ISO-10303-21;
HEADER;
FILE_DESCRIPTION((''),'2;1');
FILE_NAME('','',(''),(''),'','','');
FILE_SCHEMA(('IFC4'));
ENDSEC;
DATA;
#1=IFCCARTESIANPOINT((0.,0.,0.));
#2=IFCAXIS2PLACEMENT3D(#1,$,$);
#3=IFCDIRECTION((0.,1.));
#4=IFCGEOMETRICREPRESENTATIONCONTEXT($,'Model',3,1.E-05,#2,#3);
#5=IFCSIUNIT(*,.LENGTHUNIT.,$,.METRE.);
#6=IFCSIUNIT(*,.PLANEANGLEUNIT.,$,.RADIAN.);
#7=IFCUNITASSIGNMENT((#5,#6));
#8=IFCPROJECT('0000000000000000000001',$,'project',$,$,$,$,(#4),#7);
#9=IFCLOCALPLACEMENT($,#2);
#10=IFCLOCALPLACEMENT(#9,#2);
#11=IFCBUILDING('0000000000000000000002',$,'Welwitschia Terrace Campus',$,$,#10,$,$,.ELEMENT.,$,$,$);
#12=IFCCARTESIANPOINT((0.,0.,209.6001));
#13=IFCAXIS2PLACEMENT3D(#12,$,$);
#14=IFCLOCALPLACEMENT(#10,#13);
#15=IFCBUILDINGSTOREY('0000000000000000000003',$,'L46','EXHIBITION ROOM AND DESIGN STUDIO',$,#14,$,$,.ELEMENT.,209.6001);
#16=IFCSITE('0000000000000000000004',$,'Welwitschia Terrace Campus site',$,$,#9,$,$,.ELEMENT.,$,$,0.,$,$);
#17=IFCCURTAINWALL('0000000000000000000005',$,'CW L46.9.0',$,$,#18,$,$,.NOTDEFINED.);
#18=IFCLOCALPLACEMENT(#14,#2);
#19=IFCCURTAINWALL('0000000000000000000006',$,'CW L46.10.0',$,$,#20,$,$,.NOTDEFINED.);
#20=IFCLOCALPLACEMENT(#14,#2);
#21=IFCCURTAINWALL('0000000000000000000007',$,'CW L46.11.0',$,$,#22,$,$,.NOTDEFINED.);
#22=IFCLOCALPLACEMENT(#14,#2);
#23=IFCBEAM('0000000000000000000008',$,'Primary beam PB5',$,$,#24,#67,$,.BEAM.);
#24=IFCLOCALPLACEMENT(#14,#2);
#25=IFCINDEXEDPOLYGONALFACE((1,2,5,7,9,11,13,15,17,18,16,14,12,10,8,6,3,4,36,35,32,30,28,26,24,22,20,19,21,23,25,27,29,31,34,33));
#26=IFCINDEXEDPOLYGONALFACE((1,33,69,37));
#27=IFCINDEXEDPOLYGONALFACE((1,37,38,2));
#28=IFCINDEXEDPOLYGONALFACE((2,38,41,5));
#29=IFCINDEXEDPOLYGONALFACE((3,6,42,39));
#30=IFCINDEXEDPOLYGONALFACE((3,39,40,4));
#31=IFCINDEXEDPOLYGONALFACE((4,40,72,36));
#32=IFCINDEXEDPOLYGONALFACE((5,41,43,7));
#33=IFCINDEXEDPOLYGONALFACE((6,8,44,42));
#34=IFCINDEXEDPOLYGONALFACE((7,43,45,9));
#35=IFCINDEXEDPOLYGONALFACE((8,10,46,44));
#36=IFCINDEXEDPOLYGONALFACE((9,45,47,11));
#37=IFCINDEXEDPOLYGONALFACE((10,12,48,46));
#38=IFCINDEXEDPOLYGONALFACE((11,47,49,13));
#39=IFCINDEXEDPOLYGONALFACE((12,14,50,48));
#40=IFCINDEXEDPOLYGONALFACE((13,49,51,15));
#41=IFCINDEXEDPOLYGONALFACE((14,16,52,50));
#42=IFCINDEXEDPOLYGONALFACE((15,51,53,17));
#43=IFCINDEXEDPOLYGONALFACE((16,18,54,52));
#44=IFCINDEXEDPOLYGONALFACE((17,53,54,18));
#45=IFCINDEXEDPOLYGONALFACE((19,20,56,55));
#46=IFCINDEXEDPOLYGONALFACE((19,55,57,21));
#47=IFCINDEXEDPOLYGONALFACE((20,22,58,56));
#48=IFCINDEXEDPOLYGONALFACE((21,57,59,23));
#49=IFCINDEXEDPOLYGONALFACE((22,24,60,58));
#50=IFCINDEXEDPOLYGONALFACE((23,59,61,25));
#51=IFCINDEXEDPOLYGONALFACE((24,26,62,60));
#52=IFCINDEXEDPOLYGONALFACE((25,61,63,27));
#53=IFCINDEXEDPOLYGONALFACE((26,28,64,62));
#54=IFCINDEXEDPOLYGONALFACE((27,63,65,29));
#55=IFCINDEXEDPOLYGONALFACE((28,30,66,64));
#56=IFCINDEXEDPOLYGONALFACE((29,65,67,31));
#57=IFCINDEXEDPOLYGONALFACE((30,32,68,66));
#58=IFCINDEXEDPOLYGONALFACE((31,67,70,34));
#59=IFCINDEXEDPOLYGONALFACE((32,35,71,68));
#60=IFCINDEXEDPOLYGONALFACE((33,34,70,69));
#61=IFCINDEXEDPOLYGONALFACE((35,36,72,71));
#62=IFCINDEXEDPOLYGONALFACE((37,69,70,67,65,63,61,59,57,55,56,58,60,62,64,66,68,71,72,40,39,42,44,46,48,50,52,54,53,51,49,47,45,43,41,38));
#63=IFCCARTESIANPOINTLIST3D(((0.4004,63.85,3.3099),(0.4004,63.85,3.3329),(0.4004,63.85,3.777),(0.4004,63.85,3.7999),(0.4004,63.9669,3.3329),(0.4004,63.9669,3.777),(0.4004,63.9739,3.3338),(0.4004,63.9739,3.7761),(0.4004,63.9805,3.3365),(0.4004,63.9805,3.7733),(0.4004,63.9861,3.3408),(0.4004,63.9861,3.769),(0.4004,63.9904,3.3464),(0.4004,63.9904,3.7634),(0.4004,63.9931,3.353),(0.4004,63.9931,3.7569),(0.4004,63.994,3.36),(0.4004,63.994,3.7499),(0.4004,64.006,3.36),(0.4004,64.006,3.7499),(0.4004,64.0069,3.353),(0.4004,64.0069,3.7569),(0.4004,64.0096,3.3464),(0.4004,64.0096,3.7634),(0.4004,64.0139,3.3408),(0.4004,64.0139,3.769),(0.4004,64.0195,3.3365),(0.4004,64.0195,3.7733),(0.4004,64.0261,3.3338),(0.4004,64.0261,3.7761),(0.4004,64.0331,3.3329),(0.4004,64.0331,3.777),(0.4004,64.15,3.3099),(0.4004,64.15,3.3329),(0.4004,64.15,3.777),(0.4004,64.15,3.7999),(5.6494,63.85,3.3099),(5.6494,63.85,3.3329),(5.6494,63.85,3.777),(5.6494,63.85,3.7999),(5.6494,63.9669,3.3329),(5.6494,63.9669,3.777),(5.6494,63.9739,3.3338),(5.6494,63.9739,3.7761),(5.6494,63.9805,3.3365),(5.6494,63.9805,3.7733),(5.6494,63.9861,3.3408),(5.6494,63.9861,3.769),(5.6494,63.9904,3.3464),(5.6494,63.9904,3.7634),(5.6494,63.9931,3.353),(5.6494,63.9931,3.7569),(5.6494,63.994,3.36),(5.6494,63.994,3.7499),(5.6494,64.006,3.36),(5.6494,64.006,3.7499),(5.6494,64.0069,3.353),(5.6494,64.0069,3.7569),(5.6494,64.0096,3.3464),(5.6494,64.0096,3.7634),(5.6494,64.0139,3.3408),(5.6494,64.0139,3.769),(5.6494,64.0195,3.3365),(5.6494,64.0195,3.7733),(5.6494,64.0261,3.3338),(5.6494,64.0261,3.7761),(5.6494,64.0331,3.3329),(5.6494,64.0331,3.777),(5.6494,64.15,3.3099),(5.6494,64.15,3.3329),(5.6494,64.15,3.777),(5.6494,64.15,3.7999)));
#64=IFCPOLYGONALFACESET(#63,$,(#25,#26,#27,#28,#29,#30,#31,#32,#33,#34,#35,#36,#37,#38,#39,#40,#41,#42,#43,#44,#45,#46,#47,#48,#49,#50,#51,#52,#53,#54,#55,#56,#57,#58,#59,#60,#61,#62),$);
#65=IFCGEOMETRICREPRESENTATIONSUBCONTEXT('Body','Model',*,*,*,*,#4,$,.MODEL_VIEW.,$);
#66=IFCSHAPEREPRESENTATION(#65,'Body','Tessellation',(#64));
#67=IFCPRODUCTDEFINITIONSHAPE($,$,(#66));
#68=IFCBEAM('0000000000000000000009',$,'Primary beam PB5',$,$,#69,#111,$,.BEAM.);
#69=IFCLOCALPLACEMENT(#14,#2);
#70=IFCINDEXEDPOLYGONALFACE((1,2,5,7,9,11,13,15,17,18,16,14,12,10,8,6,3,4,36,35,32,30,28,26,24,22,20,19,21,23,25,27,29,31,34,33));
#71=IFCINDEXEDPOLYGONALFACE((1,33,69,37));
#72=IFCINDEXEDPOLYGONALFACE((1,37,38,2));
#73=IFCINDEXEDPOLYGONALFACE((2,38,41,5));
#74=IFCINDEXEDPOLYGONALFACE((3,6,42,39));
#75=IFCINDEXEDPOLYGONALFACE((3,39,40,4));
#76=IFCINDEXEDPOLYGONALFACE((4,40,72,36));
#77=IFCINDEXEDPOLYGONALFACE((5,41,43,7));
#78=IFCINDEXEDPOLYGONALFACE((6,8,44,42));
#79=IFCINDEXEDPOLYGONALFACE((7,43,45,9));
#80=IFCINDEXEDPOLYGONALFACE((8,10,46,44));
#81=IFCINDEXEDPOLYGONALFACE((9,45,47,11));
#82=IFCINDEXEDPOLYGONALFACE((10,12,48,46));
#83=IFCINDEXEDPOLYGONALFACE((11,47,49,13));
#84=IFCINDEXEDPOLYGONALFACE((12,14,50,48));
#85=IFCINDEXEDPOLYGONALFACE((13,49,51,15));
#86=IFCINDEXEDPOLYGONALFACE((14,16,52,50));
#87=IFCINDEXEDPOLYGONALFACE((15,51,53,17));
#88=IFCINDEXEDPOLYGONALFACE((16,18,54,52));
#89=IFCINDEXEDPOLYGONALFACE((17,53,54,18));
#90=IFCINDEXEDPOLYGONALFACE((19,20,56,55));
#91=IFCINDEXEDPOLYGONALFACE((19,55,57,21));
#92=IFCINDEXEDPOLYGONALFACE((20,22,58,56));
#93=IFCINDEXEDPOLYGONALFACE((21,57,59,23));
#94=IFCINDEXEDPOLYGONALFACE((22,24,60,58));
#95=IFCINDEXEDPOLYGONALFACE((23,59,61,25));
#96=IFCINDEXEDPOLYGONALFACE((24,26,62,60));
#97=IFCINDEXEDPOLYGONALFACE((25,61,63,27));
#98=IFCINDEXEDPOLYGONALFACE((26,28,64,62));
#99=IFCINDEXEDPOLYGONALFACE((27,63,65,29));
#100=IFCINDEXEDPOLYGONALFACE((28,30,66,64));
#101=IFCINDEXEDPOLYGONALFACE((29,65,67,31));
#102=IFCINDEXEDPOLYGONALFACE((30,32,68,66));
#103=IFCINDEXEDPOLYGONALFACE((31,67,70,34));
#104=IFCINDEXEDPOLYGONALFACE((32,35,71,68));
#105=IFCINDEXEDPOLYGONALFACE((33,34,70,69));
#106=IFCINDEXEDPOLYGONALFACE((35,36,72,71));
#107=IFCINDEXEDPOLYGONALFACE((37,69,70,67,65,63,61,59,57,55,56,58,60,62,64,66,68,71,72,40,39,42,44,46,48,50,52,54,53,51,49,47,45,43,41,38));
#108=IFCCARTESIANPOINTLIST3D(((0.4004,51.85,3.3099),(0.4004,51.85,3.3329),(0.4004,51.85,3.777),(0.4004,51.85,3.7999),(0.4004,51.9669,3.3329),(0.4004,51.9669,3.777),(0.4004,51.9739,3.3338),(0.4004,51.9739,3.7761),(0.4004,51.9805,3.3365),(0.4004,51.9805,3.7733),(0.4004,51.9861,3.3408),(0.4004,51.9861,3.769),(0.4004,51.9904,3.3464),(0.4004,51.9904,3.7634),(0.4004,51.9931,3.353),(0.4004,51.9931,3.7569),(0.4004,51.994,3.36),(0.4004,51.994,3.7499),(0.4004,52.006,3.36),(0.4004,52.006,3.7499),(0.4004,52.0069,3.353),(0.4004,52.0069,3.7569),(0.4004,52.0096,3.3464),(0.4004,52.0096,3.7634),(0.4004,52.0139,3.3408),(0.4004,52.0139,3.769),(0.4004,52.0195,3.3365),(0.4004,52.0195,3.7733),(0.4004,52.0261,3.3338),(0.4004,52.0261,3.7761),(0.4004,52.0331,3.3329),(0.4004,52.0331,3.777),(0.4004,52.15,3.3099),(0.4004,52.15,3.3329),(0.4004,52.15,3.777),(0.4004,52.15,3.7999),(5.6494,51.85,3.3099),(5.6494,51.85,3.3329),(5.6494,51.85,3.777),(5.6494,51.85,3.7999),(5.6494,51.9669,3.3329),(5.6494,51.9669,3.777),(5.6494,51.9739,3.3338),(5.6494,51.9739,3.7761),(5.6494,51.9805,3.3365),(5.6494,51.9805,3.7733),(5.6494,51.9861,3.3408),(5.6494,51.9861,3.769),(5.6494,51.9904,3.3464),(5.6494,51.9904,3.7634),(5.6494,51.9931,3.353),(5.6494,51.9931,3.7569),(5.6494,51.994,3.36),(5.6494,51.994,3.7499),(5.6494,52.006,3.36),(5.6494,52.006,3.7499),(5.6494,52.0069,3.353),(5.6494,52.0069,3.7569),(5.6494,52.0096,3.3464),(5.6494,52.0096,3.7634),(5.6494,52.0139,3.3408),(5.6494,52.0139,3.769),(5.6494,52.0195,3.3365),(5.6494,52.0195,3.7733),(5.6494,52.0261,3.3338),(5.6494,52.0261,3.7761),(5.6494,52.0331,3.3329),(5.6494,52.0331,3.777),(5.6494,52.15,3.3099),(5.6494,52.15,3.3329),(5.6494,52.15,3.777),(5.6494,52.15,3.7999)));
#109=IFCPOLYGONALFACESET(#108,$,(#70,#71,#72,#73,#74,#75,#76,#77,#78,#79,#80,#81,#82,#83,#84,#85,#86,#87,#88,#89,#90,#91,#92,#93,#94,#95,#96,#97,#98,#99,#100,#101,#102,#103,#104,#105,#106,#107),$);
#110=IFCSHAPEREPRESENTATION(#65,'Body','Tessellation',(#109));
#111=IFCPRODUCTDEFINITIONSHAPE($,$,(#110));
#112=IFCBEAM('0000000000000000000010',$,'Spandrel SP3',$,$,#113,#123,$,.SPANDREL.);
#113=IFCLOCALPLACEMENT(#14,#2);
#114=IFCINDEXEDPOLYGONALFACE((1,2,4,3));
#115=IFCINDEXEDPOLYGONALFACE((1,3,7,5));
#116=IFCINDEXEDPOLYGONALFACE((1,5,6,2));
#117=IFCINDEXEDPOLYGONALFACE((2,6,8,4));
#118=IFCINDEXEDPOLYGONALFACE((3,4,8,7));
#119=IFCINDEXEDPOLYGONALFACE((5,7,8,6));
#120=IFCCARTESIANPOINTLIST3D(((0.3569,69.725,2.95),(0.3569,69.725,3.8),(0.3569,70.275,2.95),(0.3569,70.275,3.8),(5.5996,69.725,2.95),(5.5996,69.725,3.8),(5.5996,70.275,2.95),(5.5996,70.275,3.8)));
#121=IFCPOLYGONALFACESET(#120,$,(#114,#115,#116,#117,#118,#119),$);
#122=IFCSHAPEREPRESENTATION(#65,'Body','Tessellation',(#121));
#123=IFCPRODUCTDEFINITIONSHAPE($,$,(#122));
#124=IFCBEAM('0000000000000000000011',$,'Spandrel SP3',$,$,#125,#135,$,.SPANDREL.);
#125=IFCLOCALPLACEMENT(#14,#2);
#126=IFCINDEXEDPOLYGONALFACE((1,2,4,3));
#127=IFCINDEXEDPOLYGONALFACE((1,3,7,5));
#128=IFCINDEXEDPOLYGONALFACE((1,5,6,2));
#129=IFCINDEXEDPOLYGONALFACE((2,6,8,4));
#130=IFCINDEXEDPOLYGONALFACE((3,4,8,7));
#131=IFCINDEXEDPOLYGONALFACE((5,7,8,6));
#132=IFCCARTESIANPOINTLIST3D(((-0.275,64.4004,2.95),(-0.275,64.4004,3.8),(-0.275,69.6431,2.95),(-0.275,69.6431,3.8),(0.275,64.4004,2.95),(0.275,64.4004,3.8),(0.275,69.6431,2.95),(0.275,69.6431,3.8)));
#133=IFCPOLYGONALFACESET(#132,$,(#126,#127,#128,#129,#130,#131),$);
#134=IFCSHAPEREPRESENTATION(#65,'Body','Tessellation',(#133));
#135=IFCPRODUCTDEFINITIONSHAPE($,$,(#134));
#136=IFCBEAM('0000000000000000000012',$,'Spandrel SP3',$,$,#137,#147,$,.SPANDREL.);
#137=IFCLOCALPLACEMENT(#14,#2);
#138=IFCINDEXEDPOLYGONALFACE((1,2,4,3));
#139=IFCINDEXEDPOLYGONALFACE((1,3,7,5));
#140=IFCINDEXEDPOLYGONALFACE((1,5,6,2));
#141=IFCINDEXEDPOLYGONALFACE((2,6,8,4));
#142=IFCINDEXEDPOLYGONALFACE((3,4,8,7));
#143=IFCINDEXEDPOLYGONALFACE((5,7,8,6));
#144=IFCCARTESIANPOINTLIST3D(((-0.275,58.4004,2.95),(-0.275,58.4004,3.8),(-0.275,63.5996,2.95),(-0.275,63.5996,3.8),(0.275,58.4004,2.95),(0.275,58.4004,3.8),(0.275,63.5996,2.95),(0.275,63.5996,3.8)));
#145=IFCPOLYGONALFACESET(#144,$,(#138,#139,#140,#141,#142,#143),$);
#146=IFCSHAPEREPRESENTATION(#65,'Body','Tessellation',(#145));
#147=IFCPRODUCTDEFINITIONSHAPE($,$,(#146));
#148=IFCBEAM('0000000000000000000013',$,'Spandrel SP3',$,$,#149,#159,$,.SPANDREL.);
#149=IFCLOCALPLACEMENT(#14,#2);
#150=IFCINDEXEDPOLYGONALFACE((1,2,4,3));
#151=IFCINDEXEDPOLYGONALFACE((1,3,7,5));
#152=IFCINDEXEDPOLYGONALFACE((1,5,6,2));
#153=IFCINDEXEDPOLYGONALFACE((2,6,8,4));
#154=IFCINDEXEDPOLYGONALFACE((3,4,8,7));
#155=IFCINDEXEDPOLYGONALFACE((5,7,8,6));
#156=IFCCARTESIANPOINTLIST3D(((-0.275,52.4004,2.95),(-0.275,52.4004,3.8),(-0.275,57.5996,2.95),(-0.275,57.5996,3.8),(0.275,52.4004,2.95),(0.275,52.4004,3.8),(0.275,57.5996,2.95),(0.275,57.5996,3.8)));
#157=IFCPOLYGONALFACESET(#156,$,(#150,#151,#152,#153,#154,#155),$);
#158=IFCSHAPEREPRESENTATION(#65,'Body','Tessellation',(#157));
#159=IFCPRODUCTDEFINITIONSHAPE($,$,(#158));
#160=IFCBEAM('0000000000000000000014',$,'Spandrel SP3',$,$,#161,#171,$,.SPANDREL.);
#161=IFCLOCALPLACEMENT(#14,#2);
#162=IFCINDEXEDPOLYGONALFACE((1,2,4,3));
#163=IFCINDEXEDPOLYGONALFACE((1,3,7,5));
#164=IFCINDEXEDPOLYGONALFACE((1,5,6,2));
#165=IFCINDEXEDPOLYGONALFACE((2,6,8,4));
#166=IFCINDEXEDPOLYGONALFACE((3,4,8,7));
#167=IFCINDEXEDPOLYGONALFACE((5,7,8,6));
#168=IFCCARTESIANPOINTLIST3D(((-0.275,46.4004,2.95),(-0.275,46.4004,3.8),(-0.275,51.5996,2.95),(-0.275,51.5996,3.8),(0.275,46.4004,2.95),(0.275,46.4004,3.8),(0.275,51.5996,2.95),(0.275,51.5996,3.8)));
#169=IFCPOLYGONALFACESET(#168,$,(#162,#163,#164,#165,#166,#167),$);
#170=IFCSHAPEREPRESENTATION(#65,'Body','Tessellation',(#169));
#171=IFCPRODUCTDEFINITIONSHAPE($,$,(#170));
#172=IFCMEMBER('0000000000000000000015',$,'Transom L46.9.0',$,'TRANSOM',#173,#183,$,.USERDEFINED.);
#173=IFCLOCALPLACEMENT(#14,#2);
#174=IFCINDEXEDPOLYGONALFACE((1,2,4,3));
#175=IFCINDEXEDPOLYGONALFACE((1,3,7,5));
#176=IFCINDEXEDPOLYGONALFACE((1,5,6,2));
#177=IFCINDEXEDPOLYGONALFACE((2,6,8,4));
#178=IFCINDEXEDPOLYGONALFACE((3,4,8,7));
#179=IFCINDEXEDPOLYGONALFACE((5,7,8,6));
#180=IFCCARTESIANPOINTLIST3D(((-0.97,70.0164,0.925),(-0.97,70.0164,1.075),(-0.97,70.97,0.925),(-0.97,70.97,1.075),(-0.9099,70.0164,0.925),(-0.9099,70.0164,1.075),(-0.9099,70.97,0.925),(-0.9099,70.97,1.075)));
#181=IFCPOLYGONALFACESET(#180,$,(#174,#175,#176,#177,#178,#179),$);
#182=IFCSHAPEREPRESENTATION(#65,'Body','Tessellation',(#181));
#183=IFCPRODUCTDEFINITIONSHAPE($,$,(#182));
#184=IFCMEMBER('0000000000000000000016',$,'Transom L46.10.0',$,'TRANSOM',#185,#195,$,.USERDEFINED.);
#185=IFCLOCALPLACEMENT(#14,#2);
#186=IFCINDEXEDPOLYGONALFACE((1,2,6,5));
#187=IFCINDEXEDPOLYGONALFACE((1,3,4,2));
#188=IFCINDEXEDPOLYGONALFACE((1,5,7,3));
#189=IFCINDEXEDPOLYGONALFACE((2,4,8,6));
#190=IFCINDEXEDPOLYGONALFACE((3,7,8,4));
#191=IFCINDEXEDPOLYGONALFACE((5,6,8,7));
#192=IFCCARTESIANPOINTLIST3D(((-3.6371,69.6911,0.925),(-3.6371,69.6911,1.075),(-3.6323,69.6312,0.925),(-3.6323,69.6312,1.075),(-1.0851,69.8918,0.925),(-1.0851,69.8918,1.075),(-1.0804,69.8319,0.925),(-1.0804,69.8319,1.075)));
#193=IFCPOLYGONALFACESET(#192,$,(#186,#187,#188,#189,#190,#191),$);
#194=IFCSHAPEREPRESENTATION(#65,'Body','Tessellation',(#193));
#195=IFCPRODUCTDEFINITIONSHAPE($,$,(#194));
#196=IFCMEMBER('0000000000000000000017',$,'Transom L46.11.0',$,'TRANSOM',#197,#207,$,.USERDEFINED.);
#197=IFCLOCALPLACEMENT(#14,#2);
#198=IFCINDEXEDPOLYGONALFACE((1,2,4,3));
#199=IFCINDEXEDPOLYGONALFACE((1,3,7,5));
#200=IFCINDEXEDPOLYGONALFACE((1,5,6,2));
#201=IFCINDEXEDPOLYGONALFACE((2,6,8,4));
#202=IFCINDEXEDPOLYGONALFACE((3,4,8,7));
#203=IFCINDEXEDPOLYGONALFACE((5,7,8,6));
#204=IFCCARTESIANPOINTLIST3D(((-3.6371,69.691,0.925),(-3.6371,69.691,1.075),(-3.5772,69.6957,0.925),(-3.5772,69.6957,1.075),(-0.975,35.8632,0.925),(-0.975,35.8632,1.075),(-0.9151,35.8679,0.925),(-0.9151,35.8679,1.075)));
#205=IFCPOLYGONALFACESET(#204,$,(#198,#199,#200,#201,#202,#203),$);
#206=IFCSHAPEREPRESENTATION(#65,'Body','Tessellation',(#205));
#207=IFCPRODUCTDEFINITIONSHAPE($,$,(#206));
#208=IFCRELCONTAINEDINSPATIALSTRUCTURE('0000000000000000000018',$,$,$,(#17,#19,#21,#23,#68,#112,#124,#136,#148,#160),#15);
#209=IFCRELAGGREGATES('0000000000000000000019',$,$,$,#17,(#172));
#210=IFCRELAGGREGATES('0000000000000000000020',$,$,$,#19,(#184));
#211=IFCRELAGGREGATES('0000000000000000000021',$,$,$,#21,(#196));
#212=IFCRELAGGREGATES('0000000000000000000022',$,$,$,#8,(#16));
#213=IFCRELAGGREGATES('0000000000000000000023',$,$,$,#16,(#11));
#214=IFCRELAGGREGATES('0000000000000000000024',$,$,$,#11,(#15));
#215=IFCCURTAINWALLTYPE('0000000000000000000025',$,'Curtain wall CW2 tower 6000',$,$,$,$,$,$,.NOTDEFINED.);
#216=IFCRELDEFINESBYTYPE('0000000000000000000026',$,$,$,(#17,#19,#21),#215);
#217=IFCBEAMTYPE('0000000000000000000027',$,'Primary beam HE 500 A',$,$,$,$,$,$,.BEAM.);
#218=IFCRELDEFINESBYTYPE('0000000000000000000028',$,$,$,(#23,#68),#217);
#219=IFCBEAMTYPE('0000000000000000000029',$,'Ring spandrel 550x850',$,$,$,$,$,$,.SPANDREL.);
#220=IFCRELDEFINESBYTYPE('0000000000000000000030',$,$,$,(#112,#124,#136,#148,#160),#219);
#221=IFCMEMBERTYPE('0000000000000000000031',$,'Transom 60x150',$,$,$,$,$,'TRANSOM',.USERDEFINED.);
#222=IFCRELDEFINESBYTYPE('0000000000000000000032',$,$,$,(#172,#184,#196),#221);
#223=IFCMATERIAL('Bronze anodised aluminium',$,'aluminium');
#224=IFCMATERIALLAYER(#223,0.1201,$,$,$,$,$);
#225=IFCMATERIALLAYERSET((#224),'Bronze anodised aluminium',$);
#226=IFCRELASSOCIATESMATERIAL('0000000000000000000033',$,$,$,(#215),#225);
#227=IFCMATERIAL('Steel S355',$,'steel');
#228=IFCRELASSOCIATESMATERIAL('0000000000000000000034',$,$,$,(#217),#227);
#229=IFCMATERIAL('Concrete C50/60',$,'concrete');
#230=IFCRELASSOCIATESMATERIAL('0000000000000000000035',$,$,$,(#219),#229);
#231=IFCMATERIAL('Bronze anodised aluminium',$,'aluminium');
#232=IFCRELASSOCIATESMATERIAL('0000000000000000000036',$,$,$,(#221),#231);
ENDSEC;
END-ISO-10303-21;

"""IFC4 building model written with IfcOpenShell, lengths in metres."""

from ifc_helpers import new_model, si_unit, direction, frame, origin, origin_2d, place, context, subcontext, project, spatial, rectangle, i_section, extrude, material, layer, layer_set, material_profile, profile_set, type_object, element, aggregate, save


model = new_model("IFC4")

# Units and contexts
model_context = context("Model", 3, precision=1e-05, world=origin(), true_north=direction((0.0, 1.0)))
body_context = subcontext(model_context, "Body", "Model", "MODEL_VIEW")
ifc_project = project(units=[si_unit("LENGTHUNIT", "METRE"), si_unit("PLANEANGLEUNIT", "RADIAN")], contexts=[model_context])

# Site, building, storey
site_placement = place(None, origin())
site = spatial("IfcSite", under=ifc_project, at=site_placement, Name="Welwitschia Terrace Campus site", CompositionType="ELEMENT", RefElevation=0.0)
building_placement = place(site_placement, origin())
building = spatial("IfcBuilding", under=site, at=building_placement, Name="Welwitschia Terrace Campus", CompositionType="ELEMENT")
storey_placement = place(building_placement, frame((0.0, 0.0, 209.6001)))
storey = spatial("IfcBuildingStorey", under=building, at=storey_placement, Name="L46", Description="EXHIBITION ROOM AND DESIGN STUDIO", CompositionType="ELEMENT", Elevation=209.6001)

# Shared definitions
ifc_material_1 = material(Name="Bronze anodised aluminium", Category="aluminium")
ifc_layer_1 = layer(ifc_material_1, 0.1201)
ifc_layer_set_1 = layer_set([ifc_layer_1], Name="Bronze anodised aluminium")
curtain_wall_type = type_object("IfcCurtainWallType", Name="Curtain wall CW2 tower 6000", PredefinedType="NOTDEFINED", material=ifc_layer_set_1)

# Curtain walls
curtain_wall_1_placement = place(storey_placement, origin())
curtain_wall_1 = element("IfcCurtainWall", 1, at=curtain_wall_1_placement, inside=storey, type_object=curtain_wall_type, Name="CW L46.9.0", PredefinedType="NOTDEFINED")
curtain_wall_2_placement = place(storey_placement, origin())
curtain_wall_2 = element("IfcCurtainWall", 2, at=curtain_wall_2_placement, inside=storey, type_object=curtain_wall_type, Name="CW L46.10.0", PredefinedType="NOTDEFINED")
curtain_wall_3_placement = place(storey_placement, origin())
curtain_wall_3 = element("IfcCurtainWall", 3, at=curtain_wall_3_placement, inside=storey, type_object=curtain_wall_type, Name="CW L46.11.0", PredefinedType="NOTDEFINED")

# Beams
ifc_material_2 = material(Name="Steel S355", Category="steel")
ifc_material_profile_1 = material_profile(ifc_material_2, i_section(OverallWidth=0.3, OverallDepth=0.49, WebThickness=0.012, FlangeThickness=0.0229, FilletRadius=0.0271, at=origin_2d()))
ifc_profile_set_1 = profile_set([ifc_material_profile_1], Name="Steel S355")
beam_type_1 = type_object("IfcBeamType", Name="Primary beam HE 500 A", PredefinedType="BEAM", material=ifc_profile_set_1)
for number, where, z_axis, x_axis, name in (
    (4, (0.4004, 64.0, 3.5549), (1.0, 0.0, 0.0), (0.0, 1.0, 0.0), "Primary beam PB5"),
    (5, (0.4004, 52.0, 3.5549), (1.0, 0.0, 0.0), (0.0, 1.0, 0.0), "Primary beam PB5"),
):
    element("IfcBeam", number, at=place(storey_placement, frame(where, z_axis=z_axis, x_axis=x_axis)), inside=storey, type_object=beam_type_1, Name=name, PredefinedType="BEAM", context=body_context, shape_type="SweptSolid", body=[
        extrude(i_section(OverallWidth=0.3, OverallDepth=0.49, WebThickness=0.012, FlangeThickness=0.0229, FilletRadius=0.0271, at=origin_2d()), origin(), (0.0, 0.0, 1.0), 5.249),
    ])
ifc_material_3 = material(Name="Concrete C50/60", Category="concrete")
ifc_material_profile_2 = material_profile(ifc_material_3, rectangle(XDim=0.55, YDim=0.8501, at=origin_2d()))
ifc_profile_set_2 = profile_set([ifc_material_profile_2], Name="Concrete C50/60")
beam_type_2 = type_object("IfcBeamType", Name="Ring spandrel 550x850", PredefinedType="SPANDREL", material=ifc_profile_set_2)
for number, where, z_axis, x_axis, name in (
    (6, (5.5996, 70.0, 3.375), (-1.0, 0.0, 0.0), (0.0, -1.0, 0.0), "Spandrel SP3"),
    (7, (0.0, 69.6431, 3.375), (0.0, -1.0, 0.0), (1.0, 0.0, 0.0), "Spandrel SP3"),
):
    element("IfcBeam", number, at=place(storey_placement, frame(where, z_axis=z_axis, x_axis=x_axis)), inside=storey, type_object=beam_type_2, Name=name, PredefinedType="SPANDREL", context=body_context, shape_type="SweptSolid", body=[
        extrude(rectangle(XDim=0.55, YDim=0.8501, at=origin_2d()), origin(), (0.0, 0.0, 1.0), 5.2427),
    ])
for number, where, z_axis, x_axis, name in (
    (8, (0.0, 63.5996, 3.375), (0.0, -1.0, 0.0), (1.0, 0.0, 0.0), "Spandrel SP3"),
    (9, (0.0, 57.5996, 3.375), (0.0, -1.0, 0.0), (1.0, 0.0, 0.0), "Spandrel SP3"),
    (10, (0.0, 51.5996, 3.375), (0.0, -1.0, 0.0), (1.0, 0.0, 0.0), "Spandrel SP3"),
):
    element("IfcBeam", number, at=place(storey_placement, frame(where, z_axis=z_axis, x_axis=x_axis)), inside=storey, type_object=beam_type_2, Name=name, PredefinedType="SPANDREL", context=body_context, shape_type="SweptSolid", body=[
        extrude(rectangle(XDim=0.55, YDim=0.8501, at=origin_2d()), origin(), (0.0, 0.0, 1.0), 5.1992),
    ])

# Members
ifc_material_4 = material(Name="Bronze anodised aluminium", Category="aluminium")
ifc_material_profile_3 = material_profile(ifc_material_4, rectangle(XDim=0.0601, YDim=0.1499, at=origin_2d()))
ifc_profile_set_3 = profile_set([ifc_material_profile_3], Name="Bronze anodised aluminium")
member_type_1 = type_object("IfcMemberType", Name="Transom 60x150", ElementType="TRANSOM", PredefinedType="USERDEFINED", material=ifc_profile_set_3)
member_1_placement = place(storey_placement, frame((-0.9399, 70.97, 1.0), z_axis=(0.0, -1.0, 0.0), x_axis=(1.0, 0.0, 0.0)))
member_1 = element("IfcMember", 11, at=member_1_placement, type_object=member_type_1, Name="Transom L46.9.0", ObjectType="TRANSOM", PredefinedType="USERDEFINED", context=body_context, shape_type="SweptSolid", body=[
    extrude(rectangle(XDim=0.0601, YDim=0.1499, at=origin_2d()), origin(), (0.0, 0.0, 1.0), 0.9536),
])
member_2_placement = place(storey_placement, frame((-1.0828, 69.8618, 1.0), z_axis=(-0.996922, -0.078396, 0.0), x_axis=(0.078396, -0.996922, 0.0)))
member_2 = element("IfcMember", 12, at=member_2_placement, type_object=member_type_1, Name="Transom L46.10.0", ObjectType="TRANSOM", PredefinedType="USERDEFINED", context=body_context, shape_type="SweptSolid", body=[
    extrude(rectangle(XDim=0.0601, YDim=0.1499, at=origin_2d()), origin(), (0.0, 0.0, 1.0), 2.5598),
])
member_3_placement = place(storey_placement, frame((-3.6072, 69.6934, 1.0), z_axis=(0.078453, -0.996918, 0.0), x_axis=(0.996918, 0.078453, 0.0)))
member_3 = element("IfcMember", 13, at=member_3_placement, type_object=member_type_1, Name="Transom L46.11.0", ObjectType="TRANSOM", PredefinedType="USERDEFINED", context=body_context, shape_type="SweptSolid", body=[
    extrude(rectangle(XDim=0.0601, YDim=0.1499, at=origin_2d()), origin(), (0.0, 0.0, 1.0), 33.9324),
])

aggregate(curtain_wall_1, [member_1])
aggregate(curtain_wall_2, [member_2])
aggregate(curtain_wall_3, [member_3])

save(model, "model.ifc")
